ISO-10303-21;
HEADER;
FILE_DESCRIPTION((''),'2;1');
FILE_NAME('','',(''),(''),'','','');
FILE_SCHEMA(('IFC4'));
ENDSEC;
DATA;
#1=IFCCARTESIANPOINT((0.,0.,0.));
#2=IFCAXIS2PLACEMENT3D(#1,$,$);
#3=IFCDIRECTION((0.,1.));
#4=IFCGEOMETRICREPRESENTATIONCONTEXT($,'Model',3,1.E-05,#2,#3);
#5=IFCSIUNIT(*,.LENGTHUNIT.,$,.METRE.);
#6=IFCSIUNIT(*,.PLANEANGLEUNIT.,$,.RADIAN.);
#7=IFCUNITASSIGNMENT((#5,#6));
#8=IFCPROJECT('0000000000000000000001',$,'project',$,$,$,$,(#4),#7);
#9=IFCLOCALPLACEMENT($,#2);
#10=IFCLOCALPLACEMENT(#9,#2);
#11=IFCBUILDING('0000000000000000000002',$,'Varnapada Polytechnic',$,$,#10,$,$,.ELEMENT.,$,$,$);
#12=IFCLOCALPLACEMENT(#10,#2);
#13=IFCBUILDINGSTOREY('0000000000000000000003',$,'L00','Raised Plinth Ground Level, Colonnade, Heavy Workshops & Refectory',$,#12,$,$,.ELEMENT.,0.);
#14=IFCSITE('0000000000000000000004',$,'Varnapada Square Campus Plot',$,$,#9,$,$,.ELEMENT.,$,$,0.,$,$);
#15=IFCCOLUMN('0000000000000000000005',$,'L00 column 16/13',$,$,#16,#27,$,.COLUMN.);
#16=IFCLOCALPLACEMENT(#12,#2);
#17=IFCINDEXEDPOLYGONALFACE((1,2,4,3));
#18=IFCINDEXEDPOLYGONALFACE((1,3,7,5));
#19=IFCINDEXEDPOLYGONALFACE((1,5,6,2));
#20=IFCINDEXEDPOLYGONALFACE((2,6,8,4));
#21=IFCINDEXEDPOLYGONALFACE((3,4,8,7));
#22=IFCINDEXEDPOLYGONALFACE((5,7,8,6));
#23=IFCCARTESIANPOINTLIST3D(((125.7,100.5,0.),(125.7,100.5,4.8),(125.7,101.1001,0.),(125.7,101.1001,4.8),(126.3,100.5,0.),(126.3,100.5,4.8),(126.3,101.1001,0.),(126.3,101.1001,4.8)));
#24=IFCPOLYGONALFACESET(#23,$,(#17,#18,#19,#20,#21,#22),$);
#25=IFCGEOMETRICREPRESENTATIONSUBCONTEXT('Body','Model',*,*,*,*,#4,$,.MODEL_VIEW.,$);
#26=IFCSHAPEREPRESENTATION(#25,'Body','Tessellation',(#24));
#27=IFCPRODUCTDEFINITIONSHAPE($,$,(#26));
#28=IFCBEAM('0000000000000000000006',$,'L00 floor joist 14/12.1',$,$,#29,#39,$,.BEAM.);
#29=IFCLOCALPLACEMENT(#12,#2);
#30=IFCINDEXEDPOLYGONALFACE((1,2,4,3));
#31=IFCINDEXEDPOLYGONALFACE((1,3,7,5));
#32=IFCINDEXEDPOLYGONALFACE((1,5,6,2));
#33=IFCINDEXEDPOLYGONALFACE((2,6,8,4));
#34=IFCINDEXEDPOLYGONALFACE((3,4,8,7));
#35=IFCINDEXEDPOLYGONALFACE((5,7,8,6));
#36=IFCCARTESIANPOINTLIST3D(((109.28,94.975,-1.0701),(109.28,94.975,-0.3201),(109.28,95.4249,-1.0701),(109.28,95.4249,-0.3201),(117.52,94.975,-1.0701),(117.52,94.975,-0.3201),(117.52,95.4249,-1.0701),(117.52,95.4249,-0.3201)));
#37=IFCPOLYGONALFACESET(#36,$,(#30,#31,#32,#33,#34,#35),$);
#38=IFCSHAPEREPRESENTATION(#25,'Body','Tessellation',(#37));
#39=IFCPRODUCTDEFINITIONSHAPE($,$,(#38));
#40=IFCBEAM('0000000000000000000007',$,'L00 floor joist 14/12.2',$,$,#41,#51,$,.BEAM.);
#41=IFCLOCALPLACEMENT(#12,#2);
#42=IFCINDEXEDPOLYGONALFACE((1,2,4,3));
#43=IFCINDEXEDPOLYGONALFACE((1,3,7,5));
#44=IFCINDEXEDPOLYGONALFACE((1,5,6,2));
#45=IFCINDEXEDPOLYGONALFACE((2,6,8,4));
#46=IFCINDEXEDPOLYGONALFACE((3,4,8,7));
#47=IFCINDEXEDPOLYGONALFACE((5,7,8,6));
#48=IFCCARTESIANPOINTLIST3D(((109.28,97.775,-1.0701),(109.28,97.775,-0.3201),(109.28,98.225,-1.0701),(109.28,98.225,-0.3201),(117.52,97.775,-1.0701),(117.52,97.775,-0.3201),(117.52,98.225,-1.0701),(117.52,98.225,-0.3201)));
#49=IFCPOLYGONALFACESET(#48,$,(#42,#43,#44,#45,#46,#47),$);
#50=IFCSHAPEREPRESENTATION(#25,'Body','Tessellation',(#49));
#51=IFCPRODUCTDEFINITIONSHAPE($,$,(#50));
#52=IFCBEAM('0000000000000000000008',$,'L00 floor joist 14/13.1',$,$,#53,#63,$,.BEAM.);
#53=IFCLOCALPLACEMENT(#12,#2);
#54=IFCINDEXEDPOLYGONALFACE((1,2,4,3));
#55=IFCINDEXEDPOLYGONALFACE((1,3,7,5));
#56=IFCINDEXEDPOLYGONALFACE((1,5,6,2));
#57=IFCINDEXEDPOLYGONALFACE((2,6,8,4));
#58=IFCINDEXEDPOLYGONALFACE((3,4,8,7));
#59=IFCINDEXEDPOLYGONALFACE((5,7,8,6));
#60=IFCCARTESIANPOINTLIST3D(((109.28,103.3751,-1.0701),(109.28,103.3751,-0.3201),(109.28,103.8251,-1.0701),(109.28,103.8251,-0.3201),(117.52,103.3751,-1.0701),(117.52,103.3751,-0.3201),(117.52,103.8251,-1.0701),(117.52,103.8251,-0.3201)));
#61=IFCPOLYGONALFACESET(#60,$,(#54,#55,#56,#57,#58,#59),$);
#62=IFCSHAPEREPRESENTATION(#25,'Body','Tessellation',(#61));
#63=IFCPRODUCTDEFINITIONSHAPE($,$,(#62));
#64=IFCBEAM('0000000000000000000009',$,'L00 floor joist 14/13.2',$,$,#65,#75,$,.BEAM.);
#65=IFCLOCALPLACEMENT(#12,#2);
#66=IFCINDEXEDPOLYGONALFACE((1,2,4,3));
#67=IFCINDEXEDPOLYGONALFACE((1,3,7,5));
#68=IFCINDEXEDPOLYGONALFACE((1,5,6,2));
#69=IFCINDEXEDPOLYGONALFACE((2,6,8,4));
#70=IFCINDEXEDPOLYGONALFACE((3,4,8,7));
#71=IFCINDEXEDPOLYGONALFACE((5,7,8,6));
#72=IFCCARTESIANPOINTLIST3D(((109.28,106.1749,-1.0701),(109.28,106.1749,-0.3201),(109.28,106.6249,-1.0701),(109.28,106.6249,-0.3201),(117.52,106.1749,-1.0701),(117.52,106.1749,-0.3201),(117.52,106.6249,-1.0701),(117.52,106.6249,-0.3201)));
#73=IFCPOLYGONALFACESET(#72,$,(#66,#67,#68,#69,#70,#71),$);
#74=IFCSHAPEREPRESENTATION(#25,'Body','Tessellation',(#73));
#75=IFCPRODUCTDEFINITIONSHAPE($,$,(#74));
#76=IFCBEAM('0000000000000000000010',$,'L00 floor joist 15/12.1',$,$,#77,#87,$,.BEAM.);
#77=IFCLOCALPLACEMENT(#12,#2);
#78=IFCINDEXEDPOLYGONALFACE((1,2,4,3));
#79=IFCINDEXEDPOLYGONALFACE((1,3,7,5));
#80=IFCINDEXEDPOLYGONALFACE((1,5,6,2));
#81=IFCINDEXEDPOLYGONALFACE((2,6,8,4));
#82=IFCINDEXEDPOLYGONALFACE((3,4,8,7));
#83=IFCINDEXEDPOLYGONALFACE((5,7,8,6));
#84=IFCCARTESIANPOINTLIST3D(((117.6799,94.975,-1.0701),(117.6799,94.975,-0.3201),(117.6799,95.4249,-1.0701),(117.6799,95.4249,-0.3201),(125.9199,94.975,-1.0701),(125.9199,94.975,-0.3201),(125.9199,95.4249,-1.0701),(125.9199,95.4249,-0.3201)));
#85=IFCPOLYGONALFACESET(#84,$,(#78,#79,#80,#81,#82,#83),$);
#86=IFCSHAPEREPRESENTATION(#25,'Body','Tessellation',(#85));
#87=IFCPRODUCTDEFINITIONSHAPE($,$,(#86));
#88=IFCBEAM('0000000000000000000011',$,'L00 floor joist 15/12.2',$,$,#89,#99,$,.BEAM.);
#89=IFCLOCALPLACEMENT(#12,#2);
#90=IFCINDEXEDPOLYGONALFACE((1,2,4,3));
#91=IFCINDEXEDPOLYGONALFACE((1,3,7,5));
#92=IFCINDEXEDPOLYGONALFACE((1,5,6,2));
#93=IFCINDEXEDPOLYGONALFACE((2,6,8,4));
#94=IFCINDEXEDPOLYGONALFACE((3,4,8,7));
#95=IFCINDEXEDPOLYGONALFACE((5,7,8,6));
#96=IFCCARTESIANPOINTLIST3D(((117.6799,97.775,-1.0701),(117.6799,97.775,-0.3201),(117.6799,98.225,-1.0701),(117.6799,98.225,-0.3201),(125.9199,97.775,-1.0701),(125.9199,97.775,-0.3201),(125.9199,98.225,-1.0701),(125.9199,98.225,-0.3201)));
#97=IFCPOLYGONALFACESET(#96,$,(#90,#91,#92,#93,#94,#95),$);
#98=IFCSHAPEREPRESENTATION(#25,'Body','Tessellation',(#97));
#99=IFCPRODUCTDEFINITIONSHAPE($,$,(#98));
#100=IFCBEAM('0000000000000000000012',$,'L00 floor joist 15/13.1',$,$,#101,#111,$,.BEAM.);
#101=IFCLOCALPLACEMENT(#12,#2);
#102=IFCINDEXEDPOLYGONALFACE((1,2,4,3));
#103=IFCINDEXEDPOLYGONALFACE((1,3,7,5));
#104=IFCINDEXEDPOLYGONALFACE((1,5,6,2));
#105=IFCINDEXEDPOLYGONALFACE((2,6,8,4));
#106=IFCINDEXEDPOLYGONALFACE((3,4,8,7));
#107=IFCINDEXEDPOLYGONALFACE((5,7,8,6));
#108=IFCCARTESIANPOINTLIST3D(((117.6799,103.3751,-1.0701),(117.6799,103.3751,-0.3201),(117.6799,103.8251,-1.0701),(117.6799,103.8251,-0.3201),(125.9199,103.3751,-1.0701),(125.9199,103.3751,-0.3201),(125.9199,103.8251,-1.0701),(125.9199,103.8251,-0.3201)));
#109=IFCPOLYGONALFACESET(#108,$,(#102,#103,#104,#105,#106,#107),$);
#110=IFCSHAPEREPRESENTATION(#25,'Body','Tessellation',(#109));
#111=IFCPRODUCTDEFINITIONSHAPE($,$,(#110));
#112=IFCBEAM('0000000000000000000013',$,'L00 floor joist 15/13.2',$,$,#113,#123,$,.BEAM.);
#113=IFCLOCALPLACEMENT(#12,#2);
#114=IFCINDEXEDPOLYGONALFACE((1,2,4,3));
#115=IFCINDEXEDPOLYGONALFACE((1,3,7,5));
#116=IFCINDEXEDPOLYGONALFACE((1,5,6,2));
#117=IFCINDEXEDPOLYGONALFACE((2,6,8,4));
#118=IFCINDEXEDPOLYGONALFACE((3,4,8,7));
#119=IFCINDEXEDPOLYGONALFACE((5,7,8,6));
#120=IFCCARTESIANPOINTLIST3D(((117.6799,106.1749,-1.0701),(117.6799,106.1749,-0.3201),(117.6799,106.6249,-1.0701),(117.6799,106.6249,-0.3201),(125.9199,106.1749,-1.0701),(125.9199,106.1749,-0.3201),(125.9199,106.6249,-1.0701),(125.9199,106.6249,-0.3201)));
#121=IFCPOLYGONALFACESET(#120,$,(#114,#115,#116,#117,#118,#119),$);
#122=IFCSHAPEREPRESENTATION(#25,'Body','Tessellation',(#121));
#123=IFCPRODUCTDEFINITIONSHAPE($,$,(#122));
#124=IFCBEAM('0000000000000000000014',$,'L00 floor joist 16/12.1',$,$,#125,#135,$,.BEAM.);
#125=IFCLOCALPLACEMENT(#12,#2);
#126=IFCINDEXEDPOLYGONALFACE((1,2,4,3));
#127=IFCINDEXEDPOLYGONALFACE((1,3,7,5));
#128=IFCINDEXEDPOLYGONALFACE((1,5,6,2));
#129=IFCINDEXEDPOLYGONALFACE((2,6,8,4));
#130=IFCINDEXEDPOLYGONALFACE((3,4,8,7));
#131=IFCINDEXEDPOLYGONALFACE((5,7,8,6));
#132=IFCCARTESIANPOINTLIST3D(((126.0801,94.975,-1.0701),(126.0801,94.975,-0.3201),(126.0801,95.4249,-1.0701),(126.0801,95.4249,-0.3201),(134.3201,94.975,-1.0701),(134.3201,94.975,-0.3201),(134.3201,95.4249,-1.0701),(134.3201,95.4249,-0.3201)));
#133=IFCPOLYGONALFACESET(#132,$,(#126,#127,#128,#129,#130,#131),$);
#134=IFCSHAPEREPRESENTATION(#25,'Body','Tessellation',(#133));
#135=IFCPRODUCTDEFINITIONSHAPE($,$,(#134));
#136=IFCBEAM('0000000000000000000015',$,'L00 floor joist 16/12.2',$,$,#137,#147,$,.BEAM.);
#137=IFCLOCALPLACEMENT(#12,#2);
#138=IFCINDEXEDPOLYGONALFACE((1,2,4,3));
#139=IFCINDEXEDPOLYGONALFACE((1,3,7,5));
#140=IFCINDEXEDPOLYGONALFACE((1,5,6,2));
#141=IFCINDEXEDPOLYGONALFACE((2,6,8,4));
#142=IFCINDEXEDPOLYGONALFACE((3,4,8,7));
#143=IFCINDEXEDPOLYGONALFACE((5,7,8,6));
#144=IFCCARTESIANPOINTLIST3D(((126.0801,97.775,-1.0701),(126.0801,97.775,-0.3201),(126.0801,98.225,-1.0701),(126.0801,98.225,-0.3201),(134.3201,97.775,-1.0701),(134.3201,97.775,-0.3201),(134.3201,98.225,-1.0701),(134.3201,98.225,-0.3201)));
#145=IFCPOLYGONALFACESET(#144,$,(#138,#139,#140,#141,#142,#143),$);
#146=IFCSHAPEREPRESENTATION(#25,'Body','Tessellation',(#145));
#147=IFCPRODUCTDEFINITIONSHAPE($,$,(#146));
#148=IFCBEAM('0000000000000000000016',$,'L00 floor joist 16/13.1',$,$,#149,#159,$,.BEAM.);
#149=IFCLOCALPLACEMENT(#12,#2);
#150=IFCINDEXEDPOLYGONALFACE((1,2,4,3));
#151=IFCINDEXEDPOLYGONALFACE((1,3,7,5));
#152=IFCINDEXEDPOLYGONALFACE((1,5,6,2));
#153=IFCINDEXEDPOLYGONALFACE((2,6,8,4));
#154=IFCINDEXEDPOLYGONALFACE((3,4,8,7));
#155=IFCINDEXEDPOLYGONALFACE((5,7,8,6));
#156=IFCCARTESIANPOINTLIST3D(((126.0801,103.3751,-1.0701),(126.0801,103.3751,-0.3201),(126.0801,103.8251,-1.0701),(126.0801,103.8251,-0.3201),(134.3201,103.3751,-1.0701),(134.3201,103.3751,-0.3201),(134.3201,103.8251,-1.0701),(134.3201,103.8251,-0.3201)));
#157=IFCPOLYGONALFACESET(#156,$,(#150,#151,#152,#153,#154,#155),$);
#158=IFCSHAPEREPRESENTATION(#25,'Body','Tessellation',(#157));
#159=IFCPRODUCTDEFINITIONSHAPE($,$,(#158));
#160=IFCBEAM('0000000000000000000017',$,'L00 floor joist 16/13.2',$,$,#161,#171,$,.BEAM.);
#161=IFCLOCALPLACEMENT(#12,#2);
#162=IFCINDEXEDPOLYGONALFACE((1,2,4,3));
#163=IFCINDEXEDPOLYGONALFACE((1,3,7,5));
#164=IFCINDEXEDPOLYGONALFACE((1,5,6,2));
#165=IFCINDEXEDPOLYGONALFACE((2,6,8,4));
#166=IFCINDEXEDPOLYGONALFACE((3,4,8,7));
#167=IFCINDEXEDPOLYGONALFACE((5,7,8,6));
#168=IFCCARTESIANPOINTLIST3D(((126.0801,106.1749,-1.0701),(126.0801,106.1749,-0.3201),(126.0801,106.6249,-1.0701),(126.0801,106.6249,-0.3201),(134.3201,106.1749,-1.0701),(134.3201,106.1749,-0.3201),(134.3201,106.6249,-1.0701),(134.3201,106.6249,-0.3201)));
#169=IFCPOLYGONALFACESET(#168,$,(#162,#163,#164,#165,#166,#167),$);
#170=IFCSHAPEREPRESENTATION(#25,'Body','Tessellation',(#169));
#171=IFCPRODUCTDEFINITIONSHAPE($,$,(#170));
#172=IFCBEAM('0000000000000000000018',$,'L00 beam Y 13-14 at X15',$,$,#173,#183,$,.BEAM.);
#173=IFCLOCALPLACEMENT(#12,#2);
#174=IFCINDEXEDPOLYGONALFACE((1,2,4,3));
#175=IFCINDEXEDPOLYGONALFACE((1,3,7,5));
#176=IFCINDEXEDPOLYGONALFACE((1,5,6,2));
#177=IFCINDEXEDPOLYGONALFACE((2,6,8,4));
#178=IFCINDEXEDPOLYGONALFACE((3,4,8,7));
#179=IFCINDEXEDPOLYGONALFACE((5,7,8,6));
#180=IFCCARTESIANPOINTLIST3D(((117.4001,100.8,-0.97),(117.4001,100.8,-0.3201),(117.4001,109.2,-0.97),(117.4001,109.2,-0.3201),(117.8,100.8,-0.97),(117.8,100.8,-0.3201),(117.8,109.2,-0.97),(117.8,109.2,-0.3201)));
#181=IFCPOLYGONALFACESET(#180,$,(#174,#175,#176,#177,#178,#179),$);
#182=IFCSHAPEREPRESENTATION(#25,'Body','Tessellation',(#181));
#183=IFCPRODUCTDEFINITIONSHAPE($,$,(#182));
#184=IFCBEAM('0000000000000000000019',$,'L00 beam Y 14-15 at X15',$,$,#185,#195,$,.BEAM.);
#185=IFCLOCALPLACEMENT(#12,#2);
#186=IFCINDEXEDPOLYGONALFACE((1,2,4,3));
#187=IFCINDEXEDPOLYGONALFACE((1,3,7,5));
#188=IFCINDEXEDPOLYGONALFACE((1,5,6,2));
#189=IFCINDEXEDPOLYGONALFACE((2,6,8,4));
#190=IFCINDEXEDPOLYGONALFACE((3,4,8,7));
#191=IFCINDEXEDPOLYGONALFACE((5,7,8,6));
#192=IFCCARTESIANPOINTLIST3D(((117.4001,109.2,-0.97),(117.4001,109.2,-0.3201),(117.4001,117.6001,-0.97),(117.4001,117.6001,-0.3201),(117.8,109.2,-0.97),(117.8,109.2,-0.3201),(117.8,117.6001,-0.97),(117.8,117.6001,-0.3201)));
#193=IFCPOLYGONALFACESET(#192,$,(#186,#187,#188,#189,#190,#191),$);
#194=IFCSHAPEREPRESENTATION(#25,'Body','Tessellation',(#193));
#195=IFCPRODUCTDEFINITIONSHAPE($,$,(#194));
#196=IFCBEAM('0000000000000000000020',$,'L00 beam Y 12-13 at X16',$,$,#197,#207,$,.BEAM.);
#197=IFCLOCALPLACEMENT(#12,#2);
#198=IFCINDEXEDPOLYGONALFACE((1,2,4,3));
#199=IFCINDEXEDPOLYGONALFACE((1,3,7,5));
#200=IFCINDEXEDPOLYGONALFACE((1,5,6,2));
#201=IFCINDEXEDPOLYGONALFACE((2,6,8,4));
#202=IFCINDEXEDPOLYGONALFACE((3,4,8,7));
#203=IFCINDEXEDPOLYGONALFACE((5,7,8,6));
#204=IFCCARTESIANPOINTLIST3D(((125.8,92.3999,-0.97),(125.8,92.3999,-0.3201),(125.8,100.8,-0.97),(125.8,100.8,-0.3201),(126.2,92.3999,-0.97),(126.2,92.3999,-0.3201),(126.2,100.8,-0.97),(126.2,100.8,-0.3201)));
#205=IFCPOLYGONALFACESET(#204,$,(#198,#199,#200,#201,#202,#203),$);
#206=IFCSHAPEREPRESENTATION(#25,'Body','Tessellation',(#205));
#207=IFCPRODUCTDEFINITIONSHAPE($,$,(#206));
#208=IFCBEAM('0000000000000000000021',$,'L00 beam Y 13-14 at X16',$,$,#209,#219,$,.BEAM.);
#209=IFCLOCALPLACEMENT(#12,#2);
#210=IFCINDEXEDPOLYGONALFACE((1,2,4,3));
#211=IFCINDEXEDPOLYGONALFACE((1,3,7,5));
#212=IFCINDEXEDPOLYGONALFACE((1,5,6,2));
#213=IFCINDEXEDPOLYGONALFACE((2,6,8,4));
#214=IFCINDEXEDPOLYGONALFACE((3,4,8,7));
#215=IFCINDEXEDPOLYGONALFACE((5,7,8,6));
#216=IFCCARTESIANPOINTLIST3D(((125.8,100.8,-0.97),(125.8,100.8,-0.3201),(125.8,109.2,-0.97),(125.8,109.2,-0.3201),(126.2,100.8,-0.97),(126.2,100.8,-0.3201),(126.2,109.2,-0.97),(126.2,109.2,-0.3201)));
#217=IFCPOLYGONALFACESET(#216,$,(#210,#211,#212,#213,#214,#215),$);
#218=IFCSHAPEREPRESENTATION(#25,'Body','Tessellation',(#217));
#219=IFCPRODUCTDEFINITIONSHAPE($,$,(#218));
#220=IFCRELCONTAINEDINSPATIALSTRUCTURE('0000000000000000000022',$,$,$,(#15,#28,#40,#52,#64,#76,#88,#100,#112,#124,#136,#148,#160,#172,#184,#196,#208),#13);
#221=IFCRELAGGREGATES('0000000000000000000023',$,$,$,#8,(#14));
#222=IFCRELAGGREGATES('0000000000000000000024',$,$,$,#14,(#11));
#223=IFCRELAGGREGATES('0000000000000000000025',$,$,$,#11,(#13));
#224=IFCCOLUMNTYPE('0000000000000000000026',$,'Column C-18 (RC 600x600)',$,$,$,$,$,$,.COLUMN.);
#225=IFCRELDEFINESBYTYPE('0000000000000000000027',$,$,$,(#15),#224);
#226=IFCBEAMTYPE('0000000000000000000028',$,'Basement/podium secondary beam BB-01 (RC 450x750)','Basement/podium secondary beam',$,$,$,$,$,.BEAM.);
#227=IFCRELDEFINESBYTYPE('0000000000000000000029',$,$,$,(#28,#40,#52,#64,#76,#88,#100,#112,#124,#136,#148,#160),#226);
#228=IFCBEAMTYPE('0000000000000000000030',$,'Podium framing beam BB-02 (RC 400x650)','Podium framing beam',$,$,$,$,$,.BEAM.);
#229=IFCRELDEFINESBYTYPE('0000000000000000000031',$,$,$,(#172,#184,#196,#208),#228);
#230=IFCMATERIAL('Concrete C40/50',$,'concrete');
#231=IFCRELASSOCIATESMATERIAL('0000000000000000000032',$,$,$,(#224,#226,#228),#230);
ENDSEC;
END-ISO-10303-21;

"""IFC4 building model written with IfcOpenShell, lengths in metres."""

from ifc_helpers import new_model, si_unit, direction, frame, origin, origin_2d, place, context, subcontext, project, spatial, rectangle, extrude, material, material_profile, profile_set, type_object, element, save


model = new_model("IFC4")

# Units and contexts
model_context = context("Model", 3, precision=1e-05, world=origin(), true_north=direction((0.0, 1.0)))
body_context = subcontext(model_context, "Body", "Model", "MODEL_VIEW")
ifc_project = project(units=[si_unit("LENGTHUNIT", "METRE"), si_unit("PLANEANGLEUNIT", "RADIAN")], contexts=[model_context])

# Site, building, storey
site_placement = place(None, origin())
site = spatial("IfcSite", under=ifc_project, at=site_placement, Name="Varnapada Square Campus Plot", CompositionType="ELEMENT", RefElevation=0.0)
building_placement = place(site_placement, origin())
building = spatial("IfcBuilding", under=site, at=building_placement, Name="Varnapada Polytechnic", CompositionType="ELEMENT")
storey_placement = place(building_placement, origin())
storey = spatial("IfcBuildingStorey", under=building, at=storey_placement, Name="L00", Description="Raised Plinth Ground Level, Colonnade, Heavy Workshops & Refectory", CompositionType="ELEMENT", Elevation=0.0)

# Column
ifc_material_1 = material(Name="Concrete C40/50", Category="concrete")
ifc_material_profile_1 = material_profile(ifc_material_1, rectangle(XDim=0.6001, YDim=0.6001, at=origin_2d()), Name="RC 600x600")
ifc_profile_set_1 = profile_set([ifc_material_profile_1], Name="Concrete C40/50")
column_type = type_object("IfcColumnType", Name="Column C-18 (RC 600x600)", PredefinedType="COLUMN", material=ifc_profile_set_1)
column_placement = place(storey_placement, frame((126.0, 100.8, 0.0), z_axis=(0.0, 0.0, 1.0), x_axis=(1.0, 0.0, 0.0)))
element("IfcColumn", 1, at=column_placement, inside=storey, type_object=column_type, Name="L00 column 16/13", PredefinedType="COLUMN", context=body_context, shape_type="SweptSolid", body=[
    extrude(rectangle(XDim=0.6001, YDim=0.6001, at=origin_2d()), origin(), (0.0, 0.0, 1.0), 4.8),
])

# Beams
ifc_material_profile_2 = material_profile(ifc_material_1, rectangle(XDim=0.45, YDim=0.75, at=origin_2d()), Name="RC 450x750")
ifc_profile_set_2 = profile_set([ifc_material_profile_2], Name="Concrete C40/50")
beam_type_1 = type_object("IfcBeamType", Name="Basement/podium secondary beam BB-01 (RC 450x750)", Description="Basement/podium secondary beam", PredefinedType="BEAM", material=ifc_profile_set_2)
for number, where, z_axis, x_axis, name in (
    (2, (109.28, 95.2, -0.6951), (1.0, 0.0, 0.0), (0.0, 1.0, 0.0), "L00 floor joist 14/12.1"),
    (3, (109.28, 98.0, -0.6951), (1.0, 0.0, 0.0), (0.0, 1.0, 0.0), "L00 floor joist 14/12.2"),
    (4, (109.28, 103.6001, -0.6951), (1.0, 0.0, 0.0), (0.0, 1.0, 0.0), "L00 floor joist 14/13.1"),
    (5, (109.28, 106.3999, -0.6951), (1.0, 0.0, 0.0), (0.0, 1.0, 0.0), "L00 floor joist 14/13.2"),
    (6, (117.6799, 95.2, -0.6951), (1.0, 0.0, 0.0), (0.0, 1.0, 0.0), "L00 floor joist 15/12.1"),
    (7, (117.6799, 98.0, -0.6951), (1.0, 0.0, 0.0), (0.0, 1.0, 0.0), "L00 floor joist 15/12.2"),
    (8, (117.6799, 103.6001, -0.6951), (1.0, 0.0, 0.0), (0.0, 1.0, 0.0), "L00 floor joist 15/13.1"),
    (9, (117.6799, 106.3999, -0.6951), (1.0, 0.0, 0.0), (0.0, 1.0, 0.0), "L00 floor joist 15/13.2"),
    (10, (126.0801, 95.2, -0.6951), (1.0, 0.0, 0.0), (0.0, 1.0, 0.0), "L00 floor joist 16/12.1"),
    (11, (126.0801, 98.0, -0.6951), (1.0, 0.0, 0.0), (0.0, 1.0, 0.0), "L00 floor joist 16/12.2"),
    (12, (126.0801, 103.6001, -0.6951), (1.0, 0.0, 0.0), (0.0, 1.0, 0.0), "L00 floor joist 16/13.1"),
    (13, (126.0801, 106.3999, -0.6951), (1.0, 0.0, 0.0), (0.0, 1.0, 0.0), "L00 floor joist 16/13.2"),
):
    element("IfcBeam", number, at=place(storey_placement, frame(where, z_axis=z_axis, x_axis=x_axis)), inside=storey, type_object=beam_type_1, Name=name, PredefinedType="BEAM", context=body_context, shape_type="SweptSolid", body=[
        extrude(rectangle(XDim=0.45, YDim=0.75, at=origin_2d()), origin(), (0.0, 0.0, 1.0), 8.24),
    ])
ifc_material_profile_3 = material_profile(ifc_material_1, rectangle(XDim=0.3999, YDim=0.6499, at=origin_2d()), Name="RC 400x650")
ifc_profile_set_3 = profile_set([ifc_material_profile_3], Name="Concrete C40/50")
beam_type_2 = type_object("IfcBeamType", Name="Podium framing beam BB-02 (RC 400x650)", Description="Podium framing beam", PredefinedType="BEAM", material=ifc_profile_set_3)
beam_1_placement = place(storey_placement, frame((117.6001, 100.8, -0.645), z_axis=(0.0, 1.0, 0.0), x_axis=(-1.0, 0.0, 0.0)))
element("IfcBeam", 14, at=beam_1_placement, inside=storey, type_object=beam_type_2, Name="L00 beam Y 13-14 at X15", PredefinedType="BEAM", context=body_context, shape_type="SweptSolid", body=[
    extrude(rectangle(XDim=0.3999, YDim=0.6499, at=origin_2d()), origin(), (0.0, 0.0, 1.0), 8.3999),
])
for number, where, z_axis, x_axis, name in (
    (15, (117.6001, 109.2, -0.645), (0.0, 1.0, 0.0), (-1.0, 0.0, 0.0), "L00 beam Y 14-15 at X15"),
    (16, (126.0, 92.3999, -0.645), (0.0, 1.0, 0.0), (-1.0, 0.0, 0.0), "L00 beam Y 12-13 at X16"),
):
    element("IfcBeam", number, at=place(storey_placement, frame(where, z_axis=z_axis, x_axis=x_axis)), inside=storey, type_object=beam_type_2, Name=name, PredefinedType="BEAM", context=body_context, shape_type="SweptSolid", body=[
        extrude(rectangle(XDim=0.3999, YDim=0.6499, at=origin_2d()), origin(), (0.0, 0.0, 1.0), 8.4001),
    ])
beam_2_placement = place(storey_placement, frame((126.0, 100.8, -0.645), z_axis=(0.0, 1.0, 0.0), x_axis=(-1.0, 0.0, 0.0)))
element("IfcBeam", 17, at=beam_2_placement, inside=storey, type_object=beam_type_2, Name="L00 beam Y 13-14 at X16", PredefinedType="BEAM", context=body_context, shape_type="SweptSolid", body=[
    extrude(rectangle(XDim=0.3999, YDim=0.6499, at=origin_2d()), origin(), (0.0, 0.0, 1.0), 8.3999),
])

save(model, "model.ifc")
